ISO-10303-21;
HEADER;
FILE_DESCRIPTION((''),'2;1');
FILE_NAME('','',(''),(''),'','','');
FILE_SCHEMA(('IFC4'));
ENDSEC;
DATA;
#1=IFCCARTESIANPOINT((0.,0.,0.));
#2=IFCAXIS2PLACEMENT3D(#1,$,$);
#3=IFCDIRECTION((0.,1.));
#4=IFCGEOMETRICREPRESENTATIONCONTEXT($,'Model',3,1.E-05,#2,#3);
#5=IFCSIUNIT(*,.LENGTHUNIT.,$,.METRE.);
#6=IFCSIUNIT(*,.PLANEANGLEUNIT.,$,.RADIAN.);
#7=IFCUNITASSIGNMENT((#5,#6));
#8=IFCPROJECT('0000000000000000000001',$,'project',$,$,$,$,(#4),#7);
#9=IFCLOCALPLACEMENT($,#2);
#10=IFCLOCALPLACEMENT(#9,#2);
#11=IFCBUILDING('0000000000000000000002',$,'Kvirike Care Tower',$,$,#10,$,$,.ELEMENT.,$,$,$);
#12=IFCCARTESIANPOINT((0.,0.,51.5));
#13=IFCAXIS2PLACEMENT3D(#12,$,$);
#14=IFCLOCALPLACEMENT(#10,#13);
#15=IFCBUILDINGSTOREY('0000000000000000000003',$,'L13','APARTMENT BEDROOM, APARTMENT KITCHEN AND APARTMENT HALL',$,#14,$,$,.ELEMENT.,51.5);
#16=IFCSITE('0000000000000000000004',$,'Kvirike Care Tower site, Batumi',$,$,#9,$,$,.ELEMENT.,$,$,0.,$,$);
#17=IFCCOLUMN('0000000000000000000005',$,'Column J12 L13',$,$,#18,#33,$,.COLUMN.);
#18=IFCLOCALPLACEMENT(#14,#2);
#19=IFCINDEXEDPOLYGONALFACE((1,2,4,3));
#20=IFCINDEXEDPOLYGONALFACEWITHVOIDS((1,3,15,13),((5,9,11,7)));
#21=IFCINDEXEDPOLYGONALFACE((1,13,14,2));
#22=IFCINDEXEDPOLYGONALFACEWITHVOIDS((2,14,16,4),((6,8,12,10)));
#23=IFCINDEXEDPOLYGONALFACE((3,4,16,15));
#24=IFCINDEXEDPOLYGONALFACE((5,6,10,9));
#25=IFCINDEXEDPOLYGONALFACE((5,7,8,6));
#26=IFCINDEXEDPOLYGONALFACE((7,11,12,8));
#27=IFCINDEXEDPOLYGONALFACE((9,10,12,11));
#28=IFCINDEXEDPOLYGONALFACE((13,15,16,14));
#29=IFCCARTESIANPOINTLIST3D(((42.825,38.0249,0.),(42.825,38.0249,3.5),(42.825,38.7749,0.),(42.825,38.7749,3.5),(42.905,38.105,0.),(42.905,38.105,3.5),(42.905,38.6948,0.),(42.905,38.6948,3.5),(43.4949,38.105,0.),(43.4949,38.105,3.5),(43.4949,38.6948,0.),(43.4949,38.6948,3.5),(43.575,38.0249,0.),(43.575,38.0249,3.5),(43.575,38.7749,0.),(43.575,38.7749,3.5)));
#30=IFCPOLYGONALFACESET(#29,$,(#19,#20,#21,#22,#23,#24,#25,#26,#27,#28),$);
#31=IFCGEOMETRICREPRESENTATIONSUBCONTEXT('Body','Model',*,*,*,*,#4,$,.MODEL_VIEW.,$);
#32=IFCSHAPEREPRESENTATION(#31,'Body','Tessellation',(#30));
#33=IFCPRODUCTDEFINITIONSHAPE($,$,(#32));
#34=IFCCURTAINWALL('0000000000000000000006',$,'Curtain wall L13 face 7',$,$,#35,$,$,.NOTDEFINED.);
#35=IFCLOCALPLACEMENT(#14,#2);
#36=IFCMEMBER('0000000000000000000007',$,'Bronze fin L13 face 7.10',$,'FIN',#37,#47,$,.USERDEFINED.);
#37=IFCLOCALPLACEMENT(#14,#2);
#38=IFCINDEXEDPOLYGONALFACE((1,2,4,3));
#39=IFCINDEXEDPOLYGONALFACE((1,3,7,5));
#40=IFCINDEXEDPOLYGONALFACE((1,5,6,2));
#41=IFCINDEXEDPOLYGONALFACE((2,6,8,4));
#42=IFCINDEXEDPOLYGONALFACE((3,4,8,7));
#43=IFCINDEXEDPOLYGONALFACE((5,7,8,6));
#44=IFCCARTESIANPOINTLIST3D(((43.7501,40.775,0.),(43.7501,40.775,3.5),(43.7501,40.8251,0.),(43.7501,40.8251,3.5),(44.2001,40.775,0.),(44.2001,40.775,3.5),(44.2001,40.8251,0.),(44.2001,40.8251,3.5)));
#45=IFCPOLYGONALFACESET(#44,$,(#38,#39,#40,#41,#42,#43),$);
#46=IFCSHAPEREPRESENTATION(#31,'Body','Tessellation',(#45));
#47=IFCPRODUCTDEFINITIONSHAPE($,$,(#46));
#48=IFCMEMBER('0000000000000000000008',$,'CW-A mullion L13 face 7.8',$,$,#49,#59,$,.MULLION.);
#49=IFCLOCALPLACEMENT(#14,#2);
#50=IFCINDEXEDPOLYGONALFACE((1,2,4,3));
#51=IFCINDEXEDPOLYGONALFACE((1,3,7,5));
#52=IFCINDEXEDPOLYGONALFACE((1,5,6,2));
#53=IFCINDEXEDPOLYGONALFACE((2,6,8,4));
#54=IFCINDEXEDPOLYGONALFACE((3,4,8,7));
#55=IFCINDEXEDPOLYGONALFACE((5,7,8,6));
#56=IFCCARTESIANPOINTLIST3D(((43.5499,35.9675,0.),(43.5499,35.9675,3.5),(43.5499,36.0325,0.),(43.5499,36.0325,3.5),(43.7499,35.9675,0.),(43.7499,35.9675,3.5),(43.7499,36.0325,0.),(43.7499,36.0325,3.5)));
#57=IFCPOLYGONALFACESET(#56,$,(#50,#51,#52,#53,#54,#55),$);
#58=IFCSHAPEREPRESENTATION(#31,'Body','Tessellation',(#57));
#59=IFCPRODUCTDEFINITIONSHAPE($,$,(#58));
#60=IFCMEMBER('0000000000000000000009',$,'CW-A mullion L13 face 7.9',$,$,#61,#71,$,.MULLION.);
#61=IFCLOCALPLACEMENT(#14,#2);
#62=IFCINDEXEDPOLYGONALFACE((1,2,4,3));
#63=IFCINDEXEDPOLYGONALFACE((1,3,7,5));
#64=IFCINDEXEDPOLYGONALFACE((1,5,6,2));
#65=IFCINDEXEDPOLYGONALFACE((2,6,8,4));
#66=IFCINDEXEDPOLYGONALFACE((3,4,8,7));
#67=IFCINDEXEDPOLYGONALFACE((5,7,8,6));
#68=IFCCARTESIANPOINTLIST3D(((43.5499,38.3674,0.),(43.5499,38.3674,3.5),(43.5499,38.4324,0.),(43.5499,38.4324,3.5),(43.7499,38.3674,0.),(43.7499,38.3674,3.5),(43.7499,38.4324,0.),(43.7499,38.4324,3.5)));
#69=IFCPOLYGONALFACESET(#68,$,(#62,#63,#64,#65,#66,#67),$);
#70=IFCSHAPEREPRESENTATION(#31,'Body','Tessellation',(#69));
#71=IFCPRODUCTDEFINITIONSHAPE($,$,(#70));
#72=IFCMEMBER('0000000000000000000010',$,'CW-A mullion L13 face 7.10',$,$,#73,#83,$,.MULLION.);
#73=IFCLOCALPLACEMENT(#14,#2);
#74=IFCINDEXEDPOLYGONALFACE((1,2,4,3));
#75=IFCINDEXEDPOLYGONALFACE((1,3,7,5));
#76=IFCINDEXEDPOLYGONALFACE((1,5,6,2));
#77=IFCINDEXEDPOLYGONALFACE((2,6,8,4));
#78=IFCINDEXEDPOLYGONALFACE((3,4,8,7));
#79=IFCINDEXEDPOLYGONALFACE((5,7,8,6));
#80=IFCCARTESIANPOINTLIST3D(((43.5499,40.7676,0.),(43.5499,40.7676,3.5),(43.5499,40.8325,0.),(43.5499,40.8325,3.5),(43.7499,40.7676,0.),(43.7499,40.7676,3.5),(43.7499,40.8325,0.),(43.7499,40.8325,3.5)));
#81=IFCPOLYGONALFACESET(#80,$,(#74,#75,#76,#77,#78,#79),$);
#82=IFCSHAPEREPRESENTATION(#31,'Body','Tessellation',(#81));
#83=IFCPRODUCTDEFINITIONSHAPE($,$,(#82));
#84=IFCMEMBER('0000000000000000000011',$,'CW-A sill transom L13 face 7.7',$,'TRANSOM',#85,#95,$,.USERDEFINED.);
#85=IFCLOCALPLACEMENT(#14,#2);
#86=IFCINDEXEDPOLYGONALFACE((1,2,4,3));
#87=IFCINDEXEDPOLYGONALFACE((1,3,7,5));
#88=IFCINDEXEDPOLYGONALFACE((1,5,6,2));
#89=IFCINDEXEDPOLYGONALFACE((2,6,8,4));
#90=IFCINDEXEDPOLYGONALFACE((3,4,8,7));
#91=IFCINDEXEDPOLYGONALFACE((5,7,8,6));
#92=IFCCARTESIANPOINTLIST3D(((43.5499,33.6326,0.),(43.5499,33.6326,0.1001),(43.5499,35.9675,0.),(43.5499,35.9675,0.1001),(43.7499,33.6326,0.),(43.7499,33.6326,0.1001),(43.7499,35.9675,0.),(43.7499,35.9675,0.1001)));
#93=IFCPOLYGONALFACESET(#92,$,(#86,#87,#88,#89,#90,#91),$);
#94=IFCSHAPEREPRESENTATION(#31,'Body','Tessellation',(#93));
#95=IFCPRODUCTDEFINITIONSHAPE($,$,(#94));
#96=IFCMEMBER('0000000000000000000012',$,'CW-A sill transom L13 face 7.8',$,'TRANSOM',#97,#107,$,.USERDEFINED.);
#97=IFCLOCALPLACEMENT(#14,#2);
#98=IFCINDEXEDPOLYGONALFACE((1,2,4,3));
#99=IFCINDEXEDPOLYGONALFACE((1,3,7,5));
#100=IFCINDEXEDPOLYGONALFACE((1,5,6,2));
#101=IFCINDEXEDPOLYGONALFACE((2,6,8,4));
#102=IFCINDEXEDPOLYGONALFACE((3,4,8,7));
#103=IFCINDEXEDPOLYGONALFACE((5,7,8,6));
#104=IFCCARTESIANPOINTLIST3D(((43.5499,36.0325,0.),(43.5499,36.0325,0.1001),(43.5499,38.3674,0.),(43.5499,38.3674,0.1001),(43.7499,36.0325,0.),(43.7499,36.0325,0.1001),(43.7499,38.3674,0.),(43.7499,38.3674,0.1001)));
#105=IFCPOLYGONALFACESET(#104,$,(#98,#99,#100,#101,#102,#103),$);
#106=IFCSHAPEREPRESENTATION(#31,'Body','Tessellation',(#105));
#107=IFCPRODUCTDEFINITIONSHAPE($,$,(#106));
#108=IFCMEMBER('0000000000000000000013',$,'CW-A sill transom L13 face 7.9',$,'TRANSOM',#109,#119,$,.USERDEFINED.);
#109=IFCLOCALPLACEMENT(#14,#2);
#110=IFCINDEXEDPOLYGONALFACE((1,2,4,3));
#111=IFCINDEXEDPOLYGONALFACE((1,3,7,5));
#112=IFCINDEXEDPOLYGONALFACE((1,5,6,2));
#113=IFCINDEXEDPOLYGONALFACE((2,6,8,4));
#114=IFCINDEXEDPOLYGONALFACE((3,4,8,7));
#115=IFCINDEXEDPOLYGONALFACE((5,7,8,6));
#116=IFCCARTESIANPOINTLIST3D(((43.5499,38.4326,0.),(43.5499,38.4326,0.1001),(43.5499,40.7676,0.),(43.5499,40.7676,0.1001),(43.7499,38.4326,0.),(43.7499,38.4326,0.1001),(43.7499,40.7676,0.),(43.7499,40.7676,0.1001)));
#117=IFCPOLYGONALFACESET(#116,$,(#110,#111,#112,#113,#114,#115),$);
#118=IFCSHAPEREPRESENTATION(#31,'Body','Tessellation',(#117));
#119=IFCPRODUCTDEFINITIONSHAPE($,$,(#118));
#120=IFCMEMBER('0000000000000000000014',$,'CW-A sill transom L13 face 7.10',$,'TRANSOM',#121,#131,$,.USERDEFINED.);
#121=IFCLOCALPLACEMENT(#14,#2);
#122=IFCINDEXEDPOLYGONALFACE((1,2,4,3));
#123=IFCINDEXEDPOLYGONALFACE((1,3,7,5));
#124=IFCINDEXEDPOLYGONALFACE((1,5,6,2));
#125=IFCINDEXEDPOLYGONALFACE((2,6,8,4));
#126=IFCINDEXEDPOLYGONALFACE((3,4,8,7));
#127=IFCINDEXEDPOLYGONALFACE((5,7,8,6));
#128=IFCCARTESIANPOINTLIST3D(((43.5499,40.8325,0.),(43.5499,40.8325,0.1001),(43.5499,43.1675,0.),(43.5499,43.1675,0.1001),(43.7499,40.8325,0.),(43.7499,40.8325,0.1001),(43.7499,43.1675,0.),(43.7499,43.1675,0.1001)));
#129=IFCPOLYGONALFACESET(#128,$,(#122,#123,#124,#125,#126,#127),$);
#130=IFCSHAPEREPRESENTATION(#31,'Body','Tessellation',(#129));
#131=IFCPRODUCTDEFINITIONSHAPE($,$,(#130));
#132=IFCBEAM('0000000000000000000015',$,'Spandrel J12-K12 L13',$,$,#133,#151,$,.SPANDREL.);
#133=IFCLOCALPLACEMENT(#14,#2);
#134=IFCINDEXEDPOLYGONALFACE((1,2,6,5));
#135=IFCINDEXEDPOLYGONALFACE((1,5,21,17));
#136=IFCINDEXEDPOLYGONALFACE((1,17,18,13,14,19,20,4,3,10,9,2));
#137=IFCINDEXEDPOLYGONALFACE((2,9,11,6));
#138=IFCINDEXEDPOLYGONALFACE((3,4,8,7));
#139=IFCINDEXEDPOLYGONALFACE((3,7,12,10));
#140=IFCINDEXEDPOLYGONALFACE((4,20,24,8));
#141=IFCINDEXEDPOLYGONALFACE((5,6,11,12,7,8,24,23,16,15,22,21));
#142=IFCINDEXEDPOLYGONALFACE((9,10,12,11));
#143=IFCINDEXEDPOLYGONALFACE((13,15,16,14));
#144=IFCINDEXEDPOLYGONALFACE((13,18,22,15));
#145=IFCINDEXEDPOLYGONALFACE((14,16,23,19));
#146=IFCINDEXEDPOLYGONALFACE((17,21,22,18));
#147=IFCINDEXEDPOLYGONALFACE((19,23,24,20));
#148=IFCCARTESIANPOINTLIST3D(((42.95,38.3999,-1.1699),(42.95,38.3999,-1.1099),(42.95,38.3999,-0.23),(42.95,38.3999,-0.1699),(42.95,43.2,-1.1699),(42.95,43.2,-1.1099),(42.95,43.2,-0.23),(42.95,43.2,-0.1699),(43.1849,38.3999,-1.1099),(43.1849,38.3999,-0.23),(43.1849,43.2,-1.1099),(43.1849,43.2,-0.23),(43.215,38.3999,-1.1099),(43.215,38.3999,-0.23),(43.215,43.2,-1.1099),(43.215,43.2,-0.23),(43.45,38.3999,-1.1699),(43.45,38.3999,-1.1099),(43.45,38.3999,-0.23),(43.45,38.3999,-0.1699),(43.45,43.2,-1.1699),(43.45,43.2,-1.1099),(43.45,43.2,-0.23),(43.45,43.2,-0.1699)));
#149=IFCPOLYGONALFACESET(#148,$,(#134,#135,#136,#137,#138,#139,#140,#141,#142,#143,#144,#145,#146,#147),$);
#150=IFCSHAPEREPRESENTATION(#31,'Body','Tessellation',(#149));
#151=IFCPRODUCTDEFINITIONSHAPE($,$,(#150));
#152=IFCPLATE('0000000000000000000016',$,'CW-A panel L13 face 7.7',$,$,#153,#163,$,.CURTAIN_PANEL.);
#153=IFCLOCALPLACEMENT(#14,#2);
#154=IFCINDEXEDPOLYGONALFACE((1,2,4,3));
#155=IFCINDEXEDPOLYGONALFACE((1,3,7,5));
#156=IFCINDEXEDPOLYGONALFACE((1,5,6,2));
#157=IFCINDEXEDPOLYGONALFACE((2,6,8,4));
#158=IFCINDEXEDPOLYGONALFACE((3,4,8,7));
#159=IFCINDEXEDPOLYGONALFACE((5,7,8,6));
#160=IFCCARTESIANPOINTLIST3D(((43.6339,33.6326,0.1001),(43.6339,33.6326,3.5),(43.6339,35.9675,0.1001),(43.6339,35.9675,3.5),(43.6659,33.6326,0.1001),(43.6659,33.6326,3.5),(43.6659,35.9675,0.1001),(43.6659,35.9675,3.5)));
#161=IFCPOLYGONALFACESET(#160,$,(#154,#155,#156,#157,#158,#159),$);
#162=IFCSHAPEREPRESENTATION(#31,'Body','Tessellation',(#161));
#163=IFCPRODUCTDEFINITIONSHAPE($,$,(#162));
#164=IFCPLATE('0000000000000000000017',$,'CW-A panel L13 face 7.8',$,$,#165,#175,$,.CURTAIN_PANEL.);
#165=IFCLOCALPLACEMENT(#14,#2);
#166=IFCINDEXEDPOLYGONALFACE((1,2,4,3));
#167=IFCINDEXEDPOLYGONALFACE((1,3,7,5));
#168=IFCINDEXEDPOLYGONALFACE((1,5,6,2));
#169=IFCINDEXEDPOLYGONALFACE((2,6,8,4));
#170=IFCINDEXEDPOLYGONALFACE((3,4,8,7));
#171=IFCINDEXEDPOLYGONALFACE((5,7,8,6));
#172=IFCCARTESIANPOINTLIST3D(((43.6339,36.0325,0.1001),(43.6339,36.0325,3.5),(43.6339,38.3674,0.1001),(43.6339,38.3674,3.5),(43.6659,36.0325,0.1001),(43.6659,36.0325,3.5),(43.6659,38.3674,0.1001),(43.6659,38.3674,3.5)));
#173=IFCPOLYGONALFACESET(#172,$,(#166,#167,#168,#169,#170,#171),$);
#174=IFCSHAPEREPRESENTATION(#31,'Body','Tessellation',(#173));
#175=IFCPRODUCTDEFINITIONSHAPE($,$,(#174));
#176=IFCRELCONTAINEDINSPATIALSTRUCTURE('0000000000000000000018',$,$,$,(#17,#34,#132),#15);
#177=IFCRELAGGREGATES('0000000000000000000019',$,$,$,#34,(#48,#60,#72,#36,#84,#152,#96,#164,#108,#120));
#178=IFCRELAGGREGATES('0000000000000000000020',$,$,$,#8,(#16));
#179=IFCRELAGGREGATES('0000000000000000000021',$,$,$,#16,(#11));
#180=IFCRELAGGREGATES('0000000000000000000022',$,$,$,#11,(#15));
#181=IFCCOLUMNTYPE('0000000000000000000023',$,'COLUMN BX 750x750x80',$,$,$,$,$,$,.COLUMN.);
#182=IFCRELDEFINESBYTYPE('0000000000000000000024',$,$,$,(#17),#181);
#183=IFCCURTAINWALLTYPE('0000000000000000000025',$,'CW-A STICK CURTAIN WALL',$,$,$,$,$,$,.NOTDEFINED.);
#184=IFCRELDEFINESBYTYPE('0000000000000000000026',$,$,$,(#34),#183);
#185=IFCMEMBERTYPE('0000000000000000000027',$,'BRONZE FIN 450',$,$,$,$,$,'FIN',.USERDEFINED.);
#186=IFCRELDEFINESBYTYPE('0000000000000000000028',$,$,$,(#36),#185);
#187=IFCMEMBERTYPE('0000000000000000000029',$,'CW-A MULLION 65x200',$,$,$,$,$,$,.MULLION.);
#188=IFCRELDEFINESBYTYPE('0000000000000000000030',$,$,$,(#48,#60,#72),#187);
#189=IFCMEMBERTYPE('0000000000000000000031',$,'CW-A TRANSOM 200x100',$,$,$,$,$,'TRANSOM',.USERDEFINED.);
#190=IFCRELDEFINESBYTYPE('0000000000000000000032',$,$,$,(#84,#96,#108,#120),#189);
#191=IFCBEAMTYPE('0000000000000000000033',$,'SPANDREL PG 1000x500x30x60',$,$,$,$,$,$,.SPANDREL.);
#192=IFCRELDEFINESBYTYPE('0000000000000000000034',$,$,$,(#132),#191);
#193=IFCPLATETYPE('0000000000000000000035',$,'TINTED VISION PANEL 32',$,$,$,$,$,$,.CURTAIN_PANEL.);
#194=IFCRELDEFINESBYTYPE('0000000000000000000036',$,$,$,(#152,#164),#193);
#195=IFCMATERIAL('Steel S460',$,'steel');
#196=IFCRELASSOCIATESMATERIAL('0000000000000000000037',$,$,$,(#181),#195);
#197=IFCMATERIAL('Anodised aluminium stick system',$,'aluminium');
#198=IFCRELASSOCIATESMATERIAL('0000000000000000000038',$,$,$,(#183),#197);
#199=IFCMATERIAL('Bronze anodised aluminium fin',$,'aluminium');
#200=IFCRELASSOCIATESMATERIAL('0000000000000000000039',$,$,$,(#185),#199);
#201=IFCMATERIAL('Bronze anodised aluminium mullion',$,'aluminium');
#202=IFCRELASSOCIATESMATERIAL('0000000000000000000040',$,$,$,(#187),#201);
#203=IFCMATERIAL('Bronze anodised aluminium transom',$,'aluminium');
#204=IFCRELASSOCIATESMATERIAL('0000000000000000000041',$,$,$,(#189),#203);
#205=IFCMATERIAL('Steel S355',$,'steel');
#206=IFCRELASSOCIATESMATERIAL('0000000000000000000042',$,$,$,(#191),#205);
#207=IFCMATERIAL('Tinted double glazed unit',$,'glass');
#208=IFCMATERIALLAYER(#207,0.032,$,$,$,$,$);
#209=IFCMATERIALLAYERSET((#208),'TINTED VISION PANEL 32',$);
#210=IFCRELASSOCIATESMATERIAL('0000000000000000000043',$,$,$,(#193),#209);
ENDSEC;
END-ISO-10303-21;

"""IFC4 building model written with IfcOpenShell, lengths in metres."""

from ifc_helpers import new_model, si_unit, direction, frame, origin, origin_2d, place, context, subcontext, project, spatial, rectangle, hollow_rectangle, i_section, extrude, material, layer, layer_set, material_profile, profile_set, type_object, element, aggregate, save


model = new_model("IFC4")

# Units and contexts
model_context = context("Model", 3, precision=1e-05, world=origin(), true_north=direction((0.0, 1.0)))
body_context = subcontext(model_context, "Body", "Model", "MODEL_VIEW")
ifc_project = project(units=[si_unit("LENGTHUNIT", "METRE"), si_unit("PLANEANGLEUNIT", "RADIAN")], contexts=[model_context])

# Site, building, storey
site_placement = place(None, origin())
site = spatial("IfcSite", under=ifc_project, at=site_placement, Name="Kvirike Care Tower site, Batumi", CompositionType="ELEMENT", RefElevation=0.0)
building_placement = place(site_placement, origin())
building = spatial("IfcBuilding", under=site, at=building_placement, Name="Kvirike Care Tower", CompositionType="ELEMENT")
storey_placement = place(building_placement, frame((0.0, 0.0, 51.5)))
storey = spatial("IfcBuildingStorey", under=building, at=storey_placement, Name="L13", Description="APARTMENT BEDROOM, APARTMENT KITCHEN AND APARTMENT HALL", CompositionType="ELEMENT", Elevation=51.5)

# Column
ifc_material_1 = material(Name="Steel S460", Category="steel")
ifc_material_profile_1 = material_profile(ifc_material_1, hollow_rectangle(XDim=0.75, YDim=0.75, WallThickness=0.0801, at=origin_2d()), Name="BX 750x750x80")
ifc_profile_set_1 = profile_set([ifc_material_profile_1], Name="Steel S460")
column_type = type_object("IfcColumnType", Name="COLUMN BX 750x750x80", PredefinedType="COLUMN", material=ifc_profile_set_1)
column_placement = place(storey_placement, frame((43.2, 38.3999, 0.0), z_axis=(0.0, 0.0, 1.0), x_axis=(1.0, 0.0, 0.0)))
element("IfcColumn", 1, at=column_placement, inside=storey, type_object=column_type, Name="Column J12 L13", PredefinedType="COLUMN", context=body_context, shape_type="SweptSolid", body=[
    extrude(hollow_rectangle(XDim=0.75, YDim=0.75, WallThickness=0.0801, at=origin_2d()), origin(), (0.0, 0.0, 1.0), 3.5),
])

# Curtain wall, members
ifc_material_2 = material(Name="Anodised aluminium stick system", Category="aluminium")
curtain_wall_type = type_object("IfcCurtainWallType", Name="CW-A STICK CURTAIN WALL", PredefinedType="NOTDEFINED", material=ifc_material_2)
curtain_wall_placement = place(storey_placement, origin())
curtain_wall = element("IfcCurtainWall", 2, at=curtain_wall_placement, inside=storey, type_object=curtain_wall_type, Name="Curtain wall L13 face 7", PredefinedType="NOTDEFINED")
ifc_material_3 = material(Name="Bronze anodised aluminium fin", Category="aluminium")
ifc_material_profile_2 = material_profile(ifc_material_3, rectangle(XDim=0.05, YDim=0.45, at=origin_2d()), Name="BRONZE FIN 450")
ifc_profile_set_2 = profile_set([ifc_material_profile_2], Name="Bronze anodised aluminium fin")
member_type_1 = type_object("IfcMemberType", Name="BRONZE FIN 450", ElementType="FIN", PredefinedType="USERDEFINED", material=ifc_profile_set_2)
member_1_placement = place(storey_placement, frame((43.9751, 40.8, 0.0), z_axis=(0.0, 0.0, 1.0), x_axis=(0.0, 1.0, 0.0)))
member_1 = element("IfcMember", 3, at=member_1_placement, type_object=member_type_1, Name="Bronze fin L13 face 7.10", ObjectType="FIN", PredefinedType="USERDEFINED", context=body_context, shape_type="SweptSolid", body=[
    extrude(rectangle(XDim=0.05, YDim=0.45, at=origin_2d()), origin(), (0.0, 0.0, 1.0), 3.5),
])
ifc_material_4 = material(Name="Bronze anodised aluminium mullion", Category="aluminium")
ifc_material_profile_3 = material_profile(ifc_material_4, rectangle(XDim=0.0649, YDim=0.2, at=origin_2d()), Name="CW-A MULLION 65x200")
ifc_profile_set_3 = profile_set([ifc_material_profile_3], Name="Bronze anodised aluminium mullion")
member_type_2 = type_object("IfcMemberType", Name="CW-A MULLION 65x200", PredefinedType="MULLION", material=ifc_profile_set_3)
member_2_placement = place(storey_placement, frame((43.6499, 36.0, 0.0), z_axis=(0.0, 0.0, 1.0), x_axis=(0.0, 1.0, 0.0)))
member_2 = element("IfcMember", 4, at=member_2_placement, type_object=member_type_2, Name="CW-A mullion L13 face 7.8", PredefinedType="MULLION", context=body_context, shape_type="SweptSolid", body=[
    extrude(rectangle(XDim=0.0649, YDim=0.2, at=origin_2d()), origin(), (0.0, 0.0, 1.0), 3.5),
])
member_3_placement = place(storey_placement, frame((43.6499, 38.3999, 0.0), z_axis=(0.0, 0.0, 1.0), x_axis=(0.0, 1.0, 0.0)))
member_3 = element("IfcMember", 5, at=member_3_placement, type_object=member_type_2, Name="CW-A mullion L13 face 7.9", PredefinedType="MULLION", context=body_context, shape_type="SweptSolid", body=[
    extrude(rectangle(XDim=0.0649, YDim=0.2, at=origin_2d()), origin(), (0.0, 0.0, 1.0), 3.5),
])
member_4_placement = place(storey_placement, frame((43.6499, 40.8, 0.0), z_axis=(0.0, 0.0, 1.0), x_axis=(0.0, 1.0, 0.0)))
member_4 = element("IfcMember", 6, at=member_4_placement, type_object=member_type_2, Name="CW-A mullion L13 face 7.10", PredefinedType="MULLION", context=body_context, shape_type="SweptSolid", body=[
    extrude(rectangle(XDim=0.0649, YDim=0.2, at=origin_2d()), origin(), (0.0, 0.0, 1.0), 3.5),
])
ifc_material_5 = material(Name="Bronze anodised aluminium transom", Category="aluminium")
ifc_material_profile_4 = material_profile(ifc_material_5, rectangle(XDim=0.2, YDim=0.1001, at=origin_2d()), Name="CW-A TRANSOM 200x100")
ifc_profile_set_4 = profile_set([ifc_material_profile_4], Name="Bronze anodised aluminium transom")
member_type_3 = type_object("IfcMemberType", Name="CW-A TRANSOM 200x100", ElementType="TRANSOM", PredefinedType="USERDEFINED", material=ifc_profile_set_4)
member_5_placement = place(storey_placement, frame((43.6499, 33.6326, 0.05), z_axis=(0.0, 1.0, 0.0), x_axis=(-1.0, 0.0, 0.0)))
member_5 = element("IfcMember", 7, at=member_5_placement, type_object=member_type_3, Name="CW-A sill transom L13 face 7.7", ObjectType="TRANSOM", PredefinedType="USERDEFINED", context=body_context, shape_type="SweptSolid", body=[
    extrude(rectangle(XDim=0.2, YDim=0.1001, at=origin_2d()), origin(), (0.0, 0.0, 1.0), 2.335),
])
member_6_placement = place(storey_placement, frame((43.6499, 36.0325, 0.05), z_axis=(0.0, 1.0, 0.0), x_axis=(-1.0, 0.0, 0.0)))
member_6 = element("IfcMember", 8, at=member_6_placement, type_object=member_type_3, Name="CW-A sill transom L13 face 7.8", ObjectType="TRANSOM", PredefinedType="USERDEFINED", context=body_context, shape_type="SweptSolid", body=[
    extrude(rectangle(XDim=0.2, YDim=0.1001, at=origin_2d()), origin(), (0.0, 0.0, 1.0), 2.335),
])
member_7_placement = place(storey_placement, frame((43.6499, 38.4326, 0.05), z_axis=(0.0, 1.0, 0.0), x_axis=(-1.0, 0.0, 0.0)))
member_7 = element("IfcMember", 9, at=member_7_placement, type_object=member_type_3, Name="CW-A sill transom L13 face 7.9", ObjectType="TRANSOM", PredefinedType="USERDEFINED", context=body_context, shape_type="SweptSolid", body=[
    extrude(rectangle(XDim=0.2, YDim=0.1001, at=origin_2d()), origin(), (0.0, 0.0, 1.0), 2.335),
])
member_8_placement = place(storey_placement, frame((43.6499, 40.8325, 0.05), z_axis=(0.0, 1.0, 0.0), x_axis=(-1.0, 0.0, 0.0)))
member_8 = element("IfcMember", 10, at=member_8_placement, type_object=member_type_3, Name="CW-A sill transom L13 face 7.10", ObjectType="TRANSOM", PredefinedType="USERDEFINED", context=body_context, shape_type="SweptSolid", body=[
    extrude(rectangle(XDim=0.2, YDim=0.1001, at=origin_2d()), origin(), (0.0, 0.0, 1.0), 2.335),
])

# Beam
ifc_material_6 = material(Name="Steel S355", Category="steel")
ifc_material_profile_5 = material_profile(ifc_material_6, i_section(OverallWidth=0.5, OverallDepth=1.0, WebThickness=0.03, FlangeThickness=0.0601, at=origin_2d()), Name="PG 1000x500x30x60")
ifc_profile_set_5 = profile_set([ifc_material_profile_5], Name="Steel S355")
beam_type = type_object("IfcBeamType", Name="SPANDREL PG 1000x500x30x60", PredefinedType="SPANDREL", material=ifc_profile_set_5)
beam_placement = place(storey_placement, frame((43.2, 38.3999, -0.6699), z_axis=(0.0, 1.0, 0.0), x_axis=(-1.0, 0.0, 0.0)))
element("IfcBeam", 11, at=beam_placement, inside=storey, type_object=beam_type, Name="Spandrel J12-K12 L13", PredefinedType="SPANDREL", context=body_context, shape_type="SweptSolid", body=[
    extrude(i_section(OverallWidth=0.5, OverallDepth=1.0, WebThickness=0.03, FlangeThickness=0.0601, at=origin_2d()), origin(), (0.0, 0.0, 1.0), 4.8),
])

# Plates
ifc_material_7 = material(Name="Tinted double glazed unit", Category="glass")
ifc_layer_1 = layer(ifc_material_7, 0.032)
ifc_layer_set_1 = layer_set([ifc_layer_1], Name="TINTED VISION PANEL 32")
plate_type = type_object("IfcPlateType", Name="TINTED VISION PANEL 32", PredefinedType="CURTAIN_PANEL", material=ifc_layer_set_1)
plate_1_placement = place(storey_placement, frame((43.6499, 34.8, 0.1001), z_axis=(0.0, 0.0, 1.0), x_axis=(0.0, 1.0, 0.0)))
plate_1 = element("IfcPlate", 12, at=plate_1_placement, type_object=plate_type, Name="CW-A panel L13 face 7.7", PredefinedType="CURTAIN_PANEL", context=body_context, shape_type="SweptSolid", body=[
    extrude(rectangle(XDim=2.335, YDim=0.032, at=origin_2d()), origin(), (0.0, 0.0, 1.0), 3.3999),
])
plate_2_placement = place(storey_placement, frame((43.6499, 37.2, 0.1001), z_axis=(0.0, 0.0, 1.0), x_axis=(0.0, 1.0, 0.0)))
plate_2 = element("IfcPlate", 13, at=plate_2_placement, type_object=plate_type, Name="CW-A panel L13 face 7.8", PredefinedType="CURTAIN_PANEL", context=body_context, shape_type="SweptSolid", body=[
    extrude(rectangle(XDim=2.335, YDim=0.032, at=origin_2d()), origin(), (0.0, 0.0, 1.0), 3.3999),
])
aggregate(curtain_wall, [member_2, member_3, member_4, member_1, member_5, plate_1, member_6, plate_2, member_7, member_8])

save(model, "model.ifc")
